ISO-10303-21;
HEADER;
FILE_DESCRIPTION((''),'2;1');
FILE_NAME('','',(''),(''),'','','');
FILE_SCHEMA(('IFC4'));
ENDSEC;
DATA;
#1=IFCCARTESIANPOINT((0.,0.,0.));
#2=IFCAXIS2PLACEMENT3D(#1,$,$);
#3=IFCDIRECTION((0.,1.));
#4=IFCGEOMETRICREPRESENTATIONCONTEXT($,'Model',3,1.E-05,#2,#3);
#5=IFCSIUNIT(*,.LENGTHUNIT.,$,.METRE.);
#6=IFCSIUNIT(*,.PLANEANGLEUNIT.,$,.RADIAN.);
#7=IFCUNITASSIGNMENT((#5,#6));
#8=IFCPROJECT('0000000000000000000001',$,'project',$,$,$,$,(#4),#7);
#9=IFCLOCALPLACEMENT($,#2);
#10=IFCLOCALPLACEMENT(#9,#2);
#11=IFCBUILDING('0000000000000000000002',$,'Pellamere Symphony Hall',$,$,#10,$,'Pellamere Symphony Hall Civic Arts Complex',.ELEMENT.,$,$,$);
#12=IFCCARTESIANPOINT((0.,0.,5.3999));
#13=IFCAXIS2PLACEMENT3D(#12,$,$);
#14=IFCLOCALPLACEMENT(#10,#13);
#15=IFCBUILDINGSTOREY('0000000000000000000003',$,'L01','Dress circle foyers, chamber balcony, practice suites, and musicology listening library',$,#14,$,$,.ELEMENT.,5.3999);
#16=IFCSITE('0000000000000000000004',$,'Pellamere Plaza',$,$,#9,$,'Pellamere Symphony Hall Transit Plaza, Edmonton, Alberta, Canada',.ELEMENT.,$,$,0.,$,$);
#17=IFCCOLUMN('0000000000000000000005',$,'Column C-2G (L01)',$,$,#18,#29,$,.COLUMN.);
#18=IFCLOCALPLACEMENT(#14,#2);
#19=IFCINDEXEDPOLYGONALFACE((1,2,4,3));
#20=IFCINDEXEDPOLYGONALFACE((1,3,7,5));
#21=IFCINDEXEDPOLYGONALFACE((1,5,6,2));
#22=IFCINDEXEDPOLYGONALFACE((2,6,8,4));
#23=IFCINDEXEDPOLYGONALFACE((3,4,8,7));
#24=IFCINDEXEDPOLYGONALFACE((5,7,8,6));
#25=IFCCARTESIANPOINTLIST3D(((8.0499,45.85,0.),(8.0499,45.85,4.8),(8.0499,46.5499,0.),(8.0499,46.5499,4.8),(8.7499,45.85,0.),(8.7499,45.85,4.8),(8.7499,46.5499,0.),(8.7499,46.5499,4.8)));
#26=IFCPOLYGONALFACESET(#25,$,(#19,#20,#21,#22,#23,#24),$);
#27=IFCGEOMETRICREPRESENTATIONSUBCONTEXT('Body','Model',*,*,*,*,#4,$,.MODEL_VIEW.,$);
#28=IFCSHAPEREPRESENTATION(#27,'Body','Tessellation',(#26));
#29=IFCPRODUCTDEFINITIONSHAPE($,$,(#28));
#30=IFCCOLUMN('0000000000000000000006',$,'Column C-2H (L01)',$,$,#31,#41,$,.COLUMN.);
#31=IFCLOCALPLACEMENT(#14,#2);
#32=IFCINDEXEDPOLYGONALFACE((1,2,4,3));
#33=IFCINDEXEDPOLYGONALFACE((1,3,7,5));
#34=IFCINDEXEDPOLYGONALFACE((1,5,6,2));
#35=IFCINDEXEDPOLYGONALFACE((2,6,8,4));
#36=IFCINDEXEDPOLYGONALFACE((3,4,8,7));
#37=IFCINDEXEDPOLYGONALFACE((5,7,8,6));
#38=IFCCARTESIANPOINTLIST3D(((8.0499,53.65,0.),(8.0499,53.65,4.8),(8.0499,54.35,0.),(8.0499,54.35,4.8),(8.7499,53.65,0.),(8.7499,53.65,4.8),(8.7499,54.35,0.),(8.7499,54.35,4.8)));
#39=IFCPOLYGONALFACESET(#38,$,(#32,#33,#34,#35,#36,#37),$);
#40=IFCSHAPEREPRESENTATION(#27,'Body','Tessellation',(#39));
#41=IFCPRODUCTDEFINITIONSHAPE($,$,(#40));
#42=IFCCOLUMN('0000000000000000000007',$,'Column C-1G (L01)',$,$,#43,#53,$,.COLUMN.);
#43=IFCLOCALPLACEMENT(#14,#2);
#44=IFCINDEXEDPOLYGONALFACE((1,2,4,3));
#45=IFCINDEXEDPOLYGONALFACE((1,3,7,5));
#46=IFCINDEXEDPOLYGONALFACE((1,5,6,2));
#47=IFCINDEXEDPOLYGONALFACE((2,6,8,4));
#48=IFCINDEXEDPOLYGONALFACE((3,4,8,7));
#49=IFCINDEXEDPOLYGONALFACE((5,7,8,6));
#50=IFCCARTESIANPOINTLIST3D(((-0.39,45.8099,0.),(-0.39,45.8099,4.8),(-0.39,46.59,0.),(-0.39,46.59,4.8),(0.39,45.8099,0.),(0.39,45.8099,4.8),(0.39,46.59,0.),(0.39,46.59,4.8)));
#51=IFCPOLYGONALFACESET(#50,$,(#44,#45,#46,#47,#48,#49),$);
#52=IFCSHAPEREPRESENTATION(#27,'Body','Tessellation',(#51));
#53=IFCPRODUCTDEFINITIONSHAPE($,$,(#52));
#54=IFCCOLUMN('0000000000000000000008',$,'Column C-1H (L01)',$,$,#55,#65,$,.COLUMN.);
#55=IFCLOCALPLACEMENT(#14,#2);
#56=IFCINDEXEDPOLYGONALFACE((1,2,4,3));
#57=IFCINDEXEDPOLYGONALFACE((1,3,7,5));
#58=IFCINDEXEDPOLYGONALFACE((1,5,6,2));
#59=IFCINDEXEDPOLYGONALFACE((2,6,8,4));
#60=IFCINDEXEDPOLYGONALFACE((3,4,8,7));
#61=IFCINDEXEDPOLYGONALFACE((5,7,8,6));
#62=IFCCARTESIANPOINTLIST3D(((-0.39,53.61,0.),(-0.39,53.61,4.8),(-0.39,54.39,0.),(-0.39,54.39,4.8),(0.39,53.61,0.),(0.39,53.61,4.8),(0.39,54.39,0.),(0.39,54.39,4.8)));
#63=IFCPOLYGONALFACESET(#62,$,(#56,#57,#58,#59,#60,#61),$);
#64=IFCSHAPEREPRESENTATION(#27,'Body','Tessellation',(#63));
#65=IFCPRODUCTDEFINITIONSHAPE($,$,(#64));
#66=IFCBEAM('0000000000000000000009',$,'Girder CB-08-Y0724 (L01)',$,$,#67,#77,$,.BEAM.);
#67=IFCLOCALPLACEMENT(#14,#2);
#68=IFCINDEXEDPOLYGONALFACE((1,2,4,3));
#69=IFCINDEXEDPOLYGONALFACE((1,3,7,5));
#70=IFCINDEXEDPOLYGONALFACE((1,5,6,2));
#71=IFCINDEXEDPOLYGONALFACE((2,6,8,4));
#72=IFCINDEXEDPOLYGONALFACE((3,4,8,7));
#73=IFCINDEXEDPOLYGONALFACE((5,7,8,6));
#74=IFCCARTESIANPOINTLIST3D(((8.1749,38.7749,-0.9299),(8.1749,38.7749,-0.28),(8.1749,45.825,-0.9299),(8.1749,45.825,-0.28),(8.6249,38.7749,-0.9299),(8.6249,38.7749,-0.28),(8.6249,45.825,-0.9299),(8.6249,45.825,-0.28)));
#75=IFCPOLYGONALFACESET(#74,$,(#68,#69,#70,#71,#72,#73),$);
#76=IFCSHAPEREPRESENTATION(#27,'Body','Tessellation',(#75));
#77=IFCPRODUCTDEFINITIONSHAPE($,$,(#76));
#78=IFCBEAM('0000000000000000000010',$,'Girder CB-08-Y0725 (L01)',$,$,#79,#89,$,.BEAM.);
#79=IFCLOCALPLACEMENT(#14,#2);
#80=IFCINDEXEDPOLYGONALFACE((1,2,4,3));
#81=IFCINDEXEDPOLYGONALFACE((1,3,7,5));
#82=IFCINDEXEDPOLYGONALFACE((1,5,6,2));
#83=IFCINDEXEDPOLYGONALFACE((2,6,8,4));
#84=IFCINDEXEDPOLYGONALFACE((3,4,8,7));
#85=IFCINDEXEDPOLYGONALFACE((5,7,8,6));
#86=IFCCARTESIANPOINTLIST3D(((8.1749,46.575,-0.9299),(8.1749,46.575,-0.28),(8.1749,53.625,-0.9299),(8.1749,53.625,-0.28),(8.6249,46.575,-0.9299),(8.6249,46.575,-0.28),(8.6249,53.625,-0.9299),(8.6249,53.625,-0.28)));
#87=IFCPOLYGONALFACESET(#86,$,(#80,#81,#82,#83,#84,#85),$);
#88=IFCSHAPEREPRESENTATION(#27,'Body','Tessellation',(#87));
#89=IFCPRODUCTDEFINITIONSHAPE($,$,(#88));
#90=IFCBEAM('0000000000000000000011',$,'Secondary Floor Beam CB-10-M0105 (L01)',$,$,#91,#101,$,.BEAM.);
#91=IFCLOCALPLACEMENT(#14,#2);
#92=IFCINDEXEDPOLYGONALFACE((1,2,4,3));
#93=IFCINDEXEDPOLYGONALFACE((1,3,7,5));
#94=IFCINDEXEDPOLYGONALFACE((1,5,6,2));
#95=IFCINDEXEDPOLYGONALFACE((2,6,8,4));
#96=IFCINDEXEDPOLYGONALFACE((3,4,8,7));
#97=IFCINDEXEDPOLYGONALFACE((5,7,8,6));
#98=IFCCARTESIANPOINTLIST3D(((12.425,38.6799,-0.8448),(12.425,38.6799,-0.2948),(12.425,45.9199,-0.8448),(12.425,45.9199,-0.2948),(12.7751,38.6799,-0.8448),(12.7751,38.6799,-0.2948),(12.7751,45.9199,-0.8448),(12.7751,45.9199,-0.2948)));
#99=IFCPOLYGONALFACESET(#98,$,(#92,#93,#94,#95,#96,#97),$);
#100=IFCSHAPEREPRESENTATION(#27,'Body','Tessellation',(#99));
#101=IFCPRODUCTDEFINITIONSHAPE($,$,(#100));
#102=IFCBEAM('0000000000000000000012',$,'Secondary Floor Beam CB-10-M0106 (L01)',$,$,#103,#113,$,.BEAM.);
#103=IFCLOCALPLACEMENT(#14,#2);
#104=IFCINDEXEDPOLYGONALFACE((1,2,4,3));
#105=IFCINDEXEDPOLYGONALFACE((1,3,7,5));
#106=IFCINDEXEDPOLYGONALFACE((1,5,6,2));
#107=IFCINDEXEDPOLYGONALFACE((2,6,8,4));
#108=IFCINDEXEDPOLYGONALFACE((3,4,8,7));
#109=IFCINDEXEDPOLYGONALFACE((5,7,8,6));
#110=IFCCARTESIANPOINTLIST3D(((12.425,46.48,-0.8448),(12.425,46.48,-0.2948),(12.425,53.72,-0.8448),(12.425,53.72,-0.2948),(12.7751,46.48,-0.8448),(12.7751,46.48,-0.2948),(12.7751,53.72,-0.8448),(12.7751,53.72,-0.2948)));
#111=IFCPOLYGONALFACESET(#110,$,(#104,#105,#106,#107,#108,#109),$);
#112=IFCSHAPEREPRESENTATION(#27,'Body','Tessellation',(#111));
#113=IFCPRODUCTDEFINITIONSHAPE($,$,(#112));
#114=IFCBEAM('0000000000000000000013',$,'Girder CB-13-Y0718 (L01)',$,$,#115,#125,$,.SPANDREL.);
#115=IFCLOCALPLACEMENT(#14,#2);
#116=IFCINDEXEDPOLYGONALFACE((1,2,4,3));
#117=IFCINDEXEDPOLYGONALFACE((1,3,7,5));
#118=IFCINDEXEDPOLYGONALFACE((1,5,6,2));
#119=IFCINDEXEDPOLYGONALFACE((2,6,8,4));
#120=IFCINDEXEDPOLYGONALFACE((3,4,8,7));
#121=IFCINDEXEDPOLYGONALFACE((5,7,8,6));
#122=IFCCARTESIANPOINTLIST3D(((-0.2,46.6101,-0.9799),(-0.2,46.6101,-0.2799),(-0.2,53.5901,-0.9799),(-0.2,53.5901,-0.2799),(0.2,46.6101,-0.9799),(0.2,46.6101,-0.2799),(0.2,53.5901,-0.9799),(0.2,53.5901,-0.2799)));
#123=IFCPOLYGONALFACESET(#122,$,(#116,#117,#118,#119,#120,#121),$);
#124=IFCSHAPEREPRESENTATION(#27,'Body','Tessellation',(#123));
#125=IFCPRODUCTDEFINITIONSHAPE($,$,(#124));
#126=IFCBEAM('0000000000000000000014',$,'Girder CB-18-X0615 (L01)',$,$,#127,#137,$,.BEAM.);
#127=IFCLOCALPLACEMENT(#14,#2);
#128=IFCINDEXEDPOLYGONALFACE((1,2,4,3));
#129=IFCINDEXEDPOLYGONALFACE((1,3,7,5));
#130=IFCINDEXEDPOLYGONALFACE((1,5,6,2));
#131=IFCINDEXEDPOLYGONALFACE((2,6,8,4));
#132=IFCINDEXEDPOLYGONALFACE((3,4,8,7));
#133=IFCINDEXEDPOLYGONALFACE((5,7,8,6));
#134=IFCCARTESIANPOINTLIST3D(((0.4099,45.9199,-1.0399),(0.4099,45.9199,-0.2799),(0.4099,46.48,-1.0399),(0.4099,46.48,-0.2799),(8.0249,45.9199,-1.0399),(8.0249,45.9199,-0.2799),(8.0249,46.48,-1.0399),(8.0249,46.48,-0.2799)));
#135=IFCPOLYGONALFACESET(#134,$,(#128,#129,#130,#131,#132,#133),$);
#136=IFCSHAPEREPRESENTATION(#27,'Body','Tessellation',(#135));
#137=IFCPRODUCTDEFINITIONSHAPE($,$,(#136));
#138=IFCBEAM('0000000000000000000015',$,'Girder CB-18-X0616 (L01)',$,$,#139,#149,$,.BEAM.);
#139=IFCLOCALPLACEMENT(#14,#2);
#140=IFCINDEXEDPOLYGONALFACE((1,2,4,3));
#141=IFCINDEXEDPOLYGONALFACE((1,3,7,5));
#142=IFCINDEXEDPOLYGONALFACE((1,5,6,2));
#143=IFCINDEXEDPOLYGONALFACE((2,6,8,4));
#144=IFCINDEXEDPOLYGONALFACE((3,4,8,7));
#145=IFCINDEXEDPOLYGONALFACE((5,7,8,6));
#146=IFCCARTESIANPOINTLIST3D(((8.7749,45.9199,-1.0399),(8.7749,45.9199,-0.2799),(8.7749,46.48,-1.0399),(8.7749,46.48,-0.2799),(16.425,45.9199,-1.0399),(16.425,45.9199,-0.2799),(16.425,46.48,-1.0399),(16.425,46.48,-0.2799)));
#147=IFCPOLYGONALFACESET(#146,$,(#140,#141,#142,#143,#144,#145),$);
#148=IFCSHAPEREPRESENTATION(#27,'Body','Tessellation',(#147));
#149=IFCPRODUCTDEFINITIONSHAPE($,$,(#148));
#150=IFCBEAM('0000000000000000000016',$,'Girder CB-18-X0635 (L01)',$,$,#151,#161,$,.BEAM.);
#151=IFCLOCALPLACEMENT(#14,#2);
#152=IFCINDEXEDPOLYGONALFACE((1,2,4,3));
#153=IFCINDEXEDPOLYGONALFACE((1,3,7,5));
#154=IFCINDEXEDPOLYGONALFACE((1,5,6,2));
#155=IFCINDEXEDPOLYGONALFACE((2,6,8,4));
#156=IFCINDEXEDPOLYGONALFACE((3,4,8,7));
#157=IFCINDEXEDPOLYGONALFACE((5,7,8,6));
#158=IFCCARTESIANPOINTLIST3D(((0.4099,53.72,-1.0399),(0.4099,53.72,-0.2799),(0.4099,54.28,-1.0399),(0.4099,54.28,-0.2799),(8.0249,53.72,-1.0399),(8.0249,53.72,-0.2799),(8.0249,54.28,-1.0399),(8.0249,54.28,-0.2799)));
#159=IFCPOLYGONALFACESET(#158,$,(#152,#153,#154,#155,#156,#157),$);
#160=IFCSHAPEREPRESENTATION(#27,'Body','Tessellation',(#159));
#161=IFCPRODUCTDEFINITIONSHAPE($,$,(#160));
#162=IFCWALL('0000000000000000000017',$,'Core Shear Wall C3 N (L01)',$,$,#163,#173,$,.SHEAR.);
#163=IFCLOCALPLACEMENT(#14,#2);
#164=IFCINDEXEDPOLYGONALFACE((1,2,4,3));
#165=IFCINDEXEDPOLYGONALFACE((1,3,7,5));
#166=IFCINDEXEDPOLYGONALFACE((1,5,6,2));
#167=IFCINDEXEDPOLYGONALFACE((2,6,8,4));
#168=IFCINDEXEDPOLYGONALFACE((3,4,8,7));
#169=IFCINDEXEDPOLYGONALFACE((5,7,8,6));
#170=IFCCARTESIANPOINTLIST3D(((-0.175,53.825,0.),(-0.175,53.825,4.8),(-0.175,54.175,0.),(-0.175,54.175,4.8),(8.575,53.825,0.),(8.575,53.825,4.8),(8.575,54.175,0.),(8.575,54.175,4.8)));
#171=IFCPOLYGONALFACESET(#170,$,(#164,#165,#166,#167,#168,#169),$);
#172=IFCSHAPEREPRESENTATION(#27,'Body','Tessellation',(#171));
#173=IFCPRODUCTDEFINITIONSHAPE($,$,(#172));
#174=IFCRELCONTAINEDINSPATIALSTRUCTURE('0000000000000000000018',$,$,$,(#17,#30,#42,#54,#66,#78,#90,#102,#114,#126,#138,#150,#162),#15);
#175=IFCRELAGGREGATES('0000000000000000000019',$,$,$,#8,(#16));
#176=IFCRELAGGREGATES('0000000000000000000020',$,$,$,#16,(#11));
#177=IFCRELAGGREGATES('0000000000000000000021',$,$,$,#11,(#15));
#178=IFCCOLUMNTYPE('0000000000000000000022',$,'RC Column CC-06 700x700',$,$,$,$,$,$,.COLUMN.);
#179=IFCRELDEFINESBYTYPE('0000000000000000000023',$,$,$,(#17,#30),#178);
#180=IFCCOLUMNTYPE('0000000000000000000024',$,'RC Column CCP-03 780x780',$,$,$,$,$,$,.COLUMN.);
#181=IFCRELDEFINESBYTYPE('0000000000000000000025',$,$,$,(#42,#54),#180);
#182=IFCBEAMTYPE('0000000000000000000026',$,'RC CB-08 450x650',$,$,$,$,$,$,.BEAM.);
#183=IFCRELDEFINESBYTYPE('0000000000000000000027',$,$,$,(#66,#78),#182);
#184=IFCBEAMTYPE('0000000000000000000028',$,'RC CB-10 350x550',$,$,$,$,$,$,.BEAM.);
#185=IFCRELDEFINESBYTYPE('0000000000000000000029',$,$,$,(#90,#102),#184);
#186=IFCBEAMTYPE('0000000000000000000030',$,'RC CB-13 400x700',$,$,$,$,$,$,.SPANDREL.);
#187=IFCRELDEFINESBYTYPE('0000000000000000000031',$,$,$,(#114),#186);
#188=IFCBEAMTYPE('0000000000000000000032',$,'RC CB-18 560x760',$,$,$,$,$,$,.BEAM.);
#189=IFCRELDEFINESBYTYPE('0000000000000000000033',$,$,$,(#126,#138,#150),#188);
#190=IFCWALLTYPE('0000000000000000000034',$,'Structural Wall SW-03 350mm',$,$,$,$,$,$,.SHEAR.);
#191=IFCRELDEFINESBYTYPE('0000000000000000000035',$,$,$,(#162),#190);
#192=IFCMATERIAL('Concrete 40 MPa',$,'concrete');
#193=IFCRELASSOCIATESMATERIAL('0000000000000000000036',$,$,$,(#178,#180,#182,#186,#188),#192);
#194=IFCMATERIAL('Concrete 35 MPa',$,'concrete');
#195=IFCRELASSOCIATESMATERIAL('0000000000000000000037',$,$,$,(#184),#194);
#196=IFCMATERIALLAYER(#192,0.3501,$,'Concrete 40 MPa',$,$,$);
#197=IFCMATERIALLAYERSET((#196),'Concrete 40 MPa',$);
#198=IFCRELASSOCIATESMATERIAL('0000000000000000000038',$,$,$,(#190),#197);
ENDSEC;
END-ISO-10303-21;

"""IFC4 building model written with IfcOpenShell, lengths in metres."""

from ifc_helpers import new_model, si_unit, direction, frame, frame_2d, origin, origin_2d, place, context, subcontext, project, spatial, rectangle, extrude, material, layer, layer_set, material_profile, profile_set, type_object, element, save


model = new_model("IFC4")

# Units and contexts
model_context = context("Model", 3, precision=1e-05, world=origin(), true_north=direction((0.0, 1.0)))
body_context = subcontext(model_context, "Body", "Model", "MODEL_VIEW")
ifc_project = project(units=[si_unit("LENGTHUNIT", "METRE"), si_unit("PLANEANGLEUNIT", "RADIAN")], contexts=[model_context])

# Site, building, storey
site_placement = place(None, origin())
site = spatial("IfcSite", under=ifc_project, at=site_placement, Name="Pellamere Plaza", LongName="Pellamere Symphony Hall Transit Plaza, Edmonton, Alberta, Canada", CompositionType="ELEMENT", RefElevation=0.0)
building_placement = place(site_placement, origin())
building = spatial("IfcBuilding", under=site, at=building_placement, Name="Pellamere Symphony Hall", LongName="Pellamere Symphony Hall Civic Arts Complex", CompositionType="ELEMENT")
storey_placement = place(building_placement, frame((0.0, 0.0, 5.3999)))
storey = spatial("IfcBuildingStorey", under=building, at=storey_placement, Name="L01", Description="Dress circle foyers, chamber balcony, practice suites, and musicology listening library", CompositionType="ELEMENT", Elevation=5.3999)

# Columns
ifc_material_1 = material(Name="Concrete 40 MPa", Category="concrete")
ifc_material_profile_1 = material_profile(ifc_material_1, rectangle(XDim=0.7, YDim=0.7, at=origin_2d()), Name="RC 700x700")
ifc_profile_set_1 = profile_set([ifc_material_profile_1], Name="Concrete 40 MPa")
column_type_1 = type_object("IfcColumnType", Name="RC Column CC-06 700x700", PredefinedType="COLUMN", material=ifc_profile_set_1)
for number, where, z_axis, x_axis, name in (
    (1, (8.3999, 46.2, 0.0), (0.0, 0.0, 1.0), (1.0, 0.0, 0.0), "Column C-2G (L01)"),
    (2, (8.3999, 54.0, 0.0), (0.0, 0.0, 1.0), (1.0, 0.0, 0.0), "Column C-2H (L01)"),
):
    element("IfcColumn", number, at=place(storey_placement, frame(where, z_axis=z_axis, x_axis=x_axis)), inside=storey, type_object=column_type_1, Name=name, PredefinedType="COLUMN", context=body_context, shape_type="SweptSolid", body=[
        extrude(rectangle(XDim=0.7, YDim=0.7, at=origin_2d()), origin(), (0.0, 0.0, 1.0), 4.8),
    ])
ifc_material_profile_2 = material_profile(ifc_material_1, rectangle(XDim=0.78, YDim=0.78, at=origin_2d()), Name="RC 780x780")
ifc_profile_set_2 = profile_set([ifc_material_profile_2], Name="Concrete 40 MPa")
column_type_2 = type_object("IfcColumnType", Name="RC Column CCP-03 780x780", PredefinedType="COLUMN", material=ifc_profile_set_2)
for number, where, z_axis, x_axis, name in (
    (3, (0.0, 46.2, 0.0), (0.0, 0.0, 1.0), (1.0, 0.0, 0.0), "Column C-1G (L01)"),
    (4, (0.0, 54.0, 0.0), (0.0, 0.0, 1.0), (1.0, 0.0, 0.0), "Column C-1H (L01)"),
):
    element("IfcColumn", number, at=place(storey_placement, frame(where, z_axis=z_axis, x_axis=x_axis)), inside=storey, type_object=column_type_2, Name=name, PredefinedType="COLUMN", context=body_context, shape_type="SweptSolid", body=[
        extrude(rectangle(XDim=0.78, YDim=0.78, at=origin_2d()), origin(), (0.0, 0.0, 1.0), 4.8),
    ])

# Beams
ifc_material_profile_3 = material_profile(ifc_material_1, rectangle(XDim=0.45, YDim=0.6499, at=origin_2d()), Name="RC 450x650")
ifc_profile_set_3 = profile_set([ifc_material_profile_3], Name="Concrete 40 MPa")
beam_type_1 = type_object("IfcBeamType", Name="RC CB-08 450x650", PredefinedType="BEAM", material=ifc_profile_set_3)
for number, where, z_axis, x_axis, name in (
    (5, (8.3999, 38.7749, -0.605), (0.0, 1.0, 0.0), (-1.0, 0.0, 0.0), "Girder CB-08-Y0724 (L01)"),
    (6, (8.3999, 46.575, -0.605), (0.0, 1.0, 0.0), (-1.0, 0.0, 0.0), "Girder CB-08-Y0725 (L01)"),
):
    element("IfcBeam", number, at=place(storey_placement, frame(where, z_axis=z_axis, x_axis=x_axis)), inside=storey, type_object=beam_type_1, Name=name, PredefinedType="BEAM", context=body_context, shape_type="SweptSolid", body=[
        extrude(rectangle(XDim=0.45, YDim=0.6499, at=origin_2d()), origin(), (0.0, 0.0, 1.0), 7.05),
    ])
ifc_material_2 = material(Name="Concrete 35 MPa", Category="concrete")
ifc_material_profile_4 = material_profile(ifc_material_2, rectangle(XDim=0.3501, YDim=0.55, at=origin_2d()), Name="RC 350x550")
ifc_profile_set_4 = profile_set([ifc_material_profile_4], Name="Concrete 35 MPa")
beam_type_2 = type_object("IfcBeamType", Name="RC CB-10 350x550", PredefinedType="BEAM", material=ifc_profile_set_4)
for number, where, z_axis, x_axis, name in (
    (7, (12.6001, 38.6799, -0.5698), (0.0, 1.0, 0.0), (-1.0, 0.0, 0.0), "Secondary Floor Beam CB-10-M0105 (L01)"),
    (8, (12.6001, 46.48, -0.5698), (0.0, 1.0, 0.0), (-1.0, 0.0, 0.0), "Secondary Floor Beam CB-10-M0106 (L01)"),
):
    element("IfcBeam", number, at=place(storey_placement, frame(where, z_axis=z_axis, x_axis=x_axis)), inside=storey, type_object=beam_type_2, Name=name, PredefinedType="BEAM", context=body_context, shape_type="SweptSolid", body=[
        extrude(rectangle(XDim=0.3501, YDim=0.55, at=origin_2d()), origin(), (0.0, 0.0, 1.0), 7.24),
    ])
ifc_material_profile_5 = material_profile(ifc_material_1, rectangle(XDim=0.3999, YDim=0.7, at=origin_2d()), Name="RC 400x700")
ifc_profile_set_5 = profile_set([ifc_material_profile_5], Name="Concrete 40 MPa")
beam_type_3 = type_object("IfcBeamType", Name="RC CB-13 400x700", PredefinedType="SPANDREL", material=ifc_profile_set_5)
beam_1_placement = place(storey_placement, frame((0.0, 46.6101, -0.6299), z_axis=(0.0, 1.0, 0.0), x_axis=(-1.0, 0.0, 0.0)))
element("IfcBeam", 9, at=beam_1_placement, inside=storey, type_object=beam_type_3, Name="Girder CB-13-Y0718 (L01)", PredefinedType="SPANDREL", context=body_context, shape_type="SweptSolid", body=[
    extrude(rectangle(XDim=0.3999, YDim=0.7, at=origin_2d()), origin(), (0.0, 0.0, 1.0), 6.98),
])
ifc_material_profile_6 = material_profile(ifc_material_1, rectangle(XDim=0.5601, YDim=0.76, at=origin_2d()), Name="RC 560x760")
ifc_profile_set_6 = profile_set([ifc_material_profile_6], Name="Concrete 40 MPa")
beam_type_4 = type_object("IfcBeamType", Name="RC CB-18 560x760", PredefinedType="BEAM", material=ifc_profile_set_6)
beam_2_placement = place(storey_placement, frame((0.4099, 46.2, -0.6599), z_axis=(1.0, 0.0, 0.0), x_axis=(0.0, 1.0, 0.0)))
element("IfcBeam", 10, at=beam_2_placement, inside=storey, type_object=beam_type_4, Name="Girder CB-18-X0615 (L01)", PredefinedType="BEAM", context=body_context, shape_type="SweptSolid", body=[
    extrude(rectangle(XDim=0.5601, YDim=0.76, at=origin_2d()), origin(), (0.0, 0.0, 1.0), 7.615),
])
beam_3_placement = place(storey_placement, frame((8.7749, 46.2, -0.6599), z_axis=(1.0, 0.0, 0.0), x_axis=(0.0, 1.0, 0.0)))
element("IfcBeam", 11, at=beam_3_placement, inside=storey, type_object=beam_type_4, Name="Girder CB-18-X0616 (L01)", PredefinedType="BEAM", context=body_context, shape_type="SweptSolid", body=[
    extrude(rectangle(XDim=0.5601, YDim=0.76, at=origin_2d()), origin(), (0.0, 0.0, 1.0), 7.6501),
])
beam_4_placement = place(storey_placement, frame((0.4099, 54.0, -0.6599), z_axis=(1.0, 0.0, 0.0), x_axis=(0.0, 1.0, 0.0)))
element("IfcBeam", 12, at=beam_4_placement, inside=storey, type_object=beam_type_4, Name="Girder CB-18-X0635 (L01)", PredefinedType="BEAM", context=body_context, shape_type="SweptSolid", body=[
    extrude(rectangle(XDim=0.5601, YDim=0.76, at=origin_2d()), origin(), (0.0, 0.0, 1.0), 7.615),
])

# Wall
ifc_layer_1 = layer(ifc_material_1, 0.3501, Name="Concrete 40 MPa")
ifc_layer_set_1 = layer_set([ifc_layer_1], Name="Concrete 40 MPa")
wall_type_1 = type_object("IfcWallType", Name="Structural Wall SW-03 350mm", PredefinedType="SHEAR", material=ifc_layer_set_1)
wall_1_placement = place(storey_placement, frame((-0.175, 54.0, 0.0), z_axis=(0.0, 0.0, 1.0), x_axis=(1.0, 0.0, 0.0)))
element("IfcWall", 13, at=wall_1_placement, inside=storey, type_object=wall_type_1, Name="Core Shear Wall C3 N (L01)", PredefinedType="SHEAR", context=body_context, shape_type="SweptSolid", body=[
    extrude(rectangle(XDim=8.75, YDim=0.3501, at=frame_2d((4.375, 0.0))), origin(), (0.0, 0.0, 1.0), 4.8),
])

save(model, "model.ifc")
